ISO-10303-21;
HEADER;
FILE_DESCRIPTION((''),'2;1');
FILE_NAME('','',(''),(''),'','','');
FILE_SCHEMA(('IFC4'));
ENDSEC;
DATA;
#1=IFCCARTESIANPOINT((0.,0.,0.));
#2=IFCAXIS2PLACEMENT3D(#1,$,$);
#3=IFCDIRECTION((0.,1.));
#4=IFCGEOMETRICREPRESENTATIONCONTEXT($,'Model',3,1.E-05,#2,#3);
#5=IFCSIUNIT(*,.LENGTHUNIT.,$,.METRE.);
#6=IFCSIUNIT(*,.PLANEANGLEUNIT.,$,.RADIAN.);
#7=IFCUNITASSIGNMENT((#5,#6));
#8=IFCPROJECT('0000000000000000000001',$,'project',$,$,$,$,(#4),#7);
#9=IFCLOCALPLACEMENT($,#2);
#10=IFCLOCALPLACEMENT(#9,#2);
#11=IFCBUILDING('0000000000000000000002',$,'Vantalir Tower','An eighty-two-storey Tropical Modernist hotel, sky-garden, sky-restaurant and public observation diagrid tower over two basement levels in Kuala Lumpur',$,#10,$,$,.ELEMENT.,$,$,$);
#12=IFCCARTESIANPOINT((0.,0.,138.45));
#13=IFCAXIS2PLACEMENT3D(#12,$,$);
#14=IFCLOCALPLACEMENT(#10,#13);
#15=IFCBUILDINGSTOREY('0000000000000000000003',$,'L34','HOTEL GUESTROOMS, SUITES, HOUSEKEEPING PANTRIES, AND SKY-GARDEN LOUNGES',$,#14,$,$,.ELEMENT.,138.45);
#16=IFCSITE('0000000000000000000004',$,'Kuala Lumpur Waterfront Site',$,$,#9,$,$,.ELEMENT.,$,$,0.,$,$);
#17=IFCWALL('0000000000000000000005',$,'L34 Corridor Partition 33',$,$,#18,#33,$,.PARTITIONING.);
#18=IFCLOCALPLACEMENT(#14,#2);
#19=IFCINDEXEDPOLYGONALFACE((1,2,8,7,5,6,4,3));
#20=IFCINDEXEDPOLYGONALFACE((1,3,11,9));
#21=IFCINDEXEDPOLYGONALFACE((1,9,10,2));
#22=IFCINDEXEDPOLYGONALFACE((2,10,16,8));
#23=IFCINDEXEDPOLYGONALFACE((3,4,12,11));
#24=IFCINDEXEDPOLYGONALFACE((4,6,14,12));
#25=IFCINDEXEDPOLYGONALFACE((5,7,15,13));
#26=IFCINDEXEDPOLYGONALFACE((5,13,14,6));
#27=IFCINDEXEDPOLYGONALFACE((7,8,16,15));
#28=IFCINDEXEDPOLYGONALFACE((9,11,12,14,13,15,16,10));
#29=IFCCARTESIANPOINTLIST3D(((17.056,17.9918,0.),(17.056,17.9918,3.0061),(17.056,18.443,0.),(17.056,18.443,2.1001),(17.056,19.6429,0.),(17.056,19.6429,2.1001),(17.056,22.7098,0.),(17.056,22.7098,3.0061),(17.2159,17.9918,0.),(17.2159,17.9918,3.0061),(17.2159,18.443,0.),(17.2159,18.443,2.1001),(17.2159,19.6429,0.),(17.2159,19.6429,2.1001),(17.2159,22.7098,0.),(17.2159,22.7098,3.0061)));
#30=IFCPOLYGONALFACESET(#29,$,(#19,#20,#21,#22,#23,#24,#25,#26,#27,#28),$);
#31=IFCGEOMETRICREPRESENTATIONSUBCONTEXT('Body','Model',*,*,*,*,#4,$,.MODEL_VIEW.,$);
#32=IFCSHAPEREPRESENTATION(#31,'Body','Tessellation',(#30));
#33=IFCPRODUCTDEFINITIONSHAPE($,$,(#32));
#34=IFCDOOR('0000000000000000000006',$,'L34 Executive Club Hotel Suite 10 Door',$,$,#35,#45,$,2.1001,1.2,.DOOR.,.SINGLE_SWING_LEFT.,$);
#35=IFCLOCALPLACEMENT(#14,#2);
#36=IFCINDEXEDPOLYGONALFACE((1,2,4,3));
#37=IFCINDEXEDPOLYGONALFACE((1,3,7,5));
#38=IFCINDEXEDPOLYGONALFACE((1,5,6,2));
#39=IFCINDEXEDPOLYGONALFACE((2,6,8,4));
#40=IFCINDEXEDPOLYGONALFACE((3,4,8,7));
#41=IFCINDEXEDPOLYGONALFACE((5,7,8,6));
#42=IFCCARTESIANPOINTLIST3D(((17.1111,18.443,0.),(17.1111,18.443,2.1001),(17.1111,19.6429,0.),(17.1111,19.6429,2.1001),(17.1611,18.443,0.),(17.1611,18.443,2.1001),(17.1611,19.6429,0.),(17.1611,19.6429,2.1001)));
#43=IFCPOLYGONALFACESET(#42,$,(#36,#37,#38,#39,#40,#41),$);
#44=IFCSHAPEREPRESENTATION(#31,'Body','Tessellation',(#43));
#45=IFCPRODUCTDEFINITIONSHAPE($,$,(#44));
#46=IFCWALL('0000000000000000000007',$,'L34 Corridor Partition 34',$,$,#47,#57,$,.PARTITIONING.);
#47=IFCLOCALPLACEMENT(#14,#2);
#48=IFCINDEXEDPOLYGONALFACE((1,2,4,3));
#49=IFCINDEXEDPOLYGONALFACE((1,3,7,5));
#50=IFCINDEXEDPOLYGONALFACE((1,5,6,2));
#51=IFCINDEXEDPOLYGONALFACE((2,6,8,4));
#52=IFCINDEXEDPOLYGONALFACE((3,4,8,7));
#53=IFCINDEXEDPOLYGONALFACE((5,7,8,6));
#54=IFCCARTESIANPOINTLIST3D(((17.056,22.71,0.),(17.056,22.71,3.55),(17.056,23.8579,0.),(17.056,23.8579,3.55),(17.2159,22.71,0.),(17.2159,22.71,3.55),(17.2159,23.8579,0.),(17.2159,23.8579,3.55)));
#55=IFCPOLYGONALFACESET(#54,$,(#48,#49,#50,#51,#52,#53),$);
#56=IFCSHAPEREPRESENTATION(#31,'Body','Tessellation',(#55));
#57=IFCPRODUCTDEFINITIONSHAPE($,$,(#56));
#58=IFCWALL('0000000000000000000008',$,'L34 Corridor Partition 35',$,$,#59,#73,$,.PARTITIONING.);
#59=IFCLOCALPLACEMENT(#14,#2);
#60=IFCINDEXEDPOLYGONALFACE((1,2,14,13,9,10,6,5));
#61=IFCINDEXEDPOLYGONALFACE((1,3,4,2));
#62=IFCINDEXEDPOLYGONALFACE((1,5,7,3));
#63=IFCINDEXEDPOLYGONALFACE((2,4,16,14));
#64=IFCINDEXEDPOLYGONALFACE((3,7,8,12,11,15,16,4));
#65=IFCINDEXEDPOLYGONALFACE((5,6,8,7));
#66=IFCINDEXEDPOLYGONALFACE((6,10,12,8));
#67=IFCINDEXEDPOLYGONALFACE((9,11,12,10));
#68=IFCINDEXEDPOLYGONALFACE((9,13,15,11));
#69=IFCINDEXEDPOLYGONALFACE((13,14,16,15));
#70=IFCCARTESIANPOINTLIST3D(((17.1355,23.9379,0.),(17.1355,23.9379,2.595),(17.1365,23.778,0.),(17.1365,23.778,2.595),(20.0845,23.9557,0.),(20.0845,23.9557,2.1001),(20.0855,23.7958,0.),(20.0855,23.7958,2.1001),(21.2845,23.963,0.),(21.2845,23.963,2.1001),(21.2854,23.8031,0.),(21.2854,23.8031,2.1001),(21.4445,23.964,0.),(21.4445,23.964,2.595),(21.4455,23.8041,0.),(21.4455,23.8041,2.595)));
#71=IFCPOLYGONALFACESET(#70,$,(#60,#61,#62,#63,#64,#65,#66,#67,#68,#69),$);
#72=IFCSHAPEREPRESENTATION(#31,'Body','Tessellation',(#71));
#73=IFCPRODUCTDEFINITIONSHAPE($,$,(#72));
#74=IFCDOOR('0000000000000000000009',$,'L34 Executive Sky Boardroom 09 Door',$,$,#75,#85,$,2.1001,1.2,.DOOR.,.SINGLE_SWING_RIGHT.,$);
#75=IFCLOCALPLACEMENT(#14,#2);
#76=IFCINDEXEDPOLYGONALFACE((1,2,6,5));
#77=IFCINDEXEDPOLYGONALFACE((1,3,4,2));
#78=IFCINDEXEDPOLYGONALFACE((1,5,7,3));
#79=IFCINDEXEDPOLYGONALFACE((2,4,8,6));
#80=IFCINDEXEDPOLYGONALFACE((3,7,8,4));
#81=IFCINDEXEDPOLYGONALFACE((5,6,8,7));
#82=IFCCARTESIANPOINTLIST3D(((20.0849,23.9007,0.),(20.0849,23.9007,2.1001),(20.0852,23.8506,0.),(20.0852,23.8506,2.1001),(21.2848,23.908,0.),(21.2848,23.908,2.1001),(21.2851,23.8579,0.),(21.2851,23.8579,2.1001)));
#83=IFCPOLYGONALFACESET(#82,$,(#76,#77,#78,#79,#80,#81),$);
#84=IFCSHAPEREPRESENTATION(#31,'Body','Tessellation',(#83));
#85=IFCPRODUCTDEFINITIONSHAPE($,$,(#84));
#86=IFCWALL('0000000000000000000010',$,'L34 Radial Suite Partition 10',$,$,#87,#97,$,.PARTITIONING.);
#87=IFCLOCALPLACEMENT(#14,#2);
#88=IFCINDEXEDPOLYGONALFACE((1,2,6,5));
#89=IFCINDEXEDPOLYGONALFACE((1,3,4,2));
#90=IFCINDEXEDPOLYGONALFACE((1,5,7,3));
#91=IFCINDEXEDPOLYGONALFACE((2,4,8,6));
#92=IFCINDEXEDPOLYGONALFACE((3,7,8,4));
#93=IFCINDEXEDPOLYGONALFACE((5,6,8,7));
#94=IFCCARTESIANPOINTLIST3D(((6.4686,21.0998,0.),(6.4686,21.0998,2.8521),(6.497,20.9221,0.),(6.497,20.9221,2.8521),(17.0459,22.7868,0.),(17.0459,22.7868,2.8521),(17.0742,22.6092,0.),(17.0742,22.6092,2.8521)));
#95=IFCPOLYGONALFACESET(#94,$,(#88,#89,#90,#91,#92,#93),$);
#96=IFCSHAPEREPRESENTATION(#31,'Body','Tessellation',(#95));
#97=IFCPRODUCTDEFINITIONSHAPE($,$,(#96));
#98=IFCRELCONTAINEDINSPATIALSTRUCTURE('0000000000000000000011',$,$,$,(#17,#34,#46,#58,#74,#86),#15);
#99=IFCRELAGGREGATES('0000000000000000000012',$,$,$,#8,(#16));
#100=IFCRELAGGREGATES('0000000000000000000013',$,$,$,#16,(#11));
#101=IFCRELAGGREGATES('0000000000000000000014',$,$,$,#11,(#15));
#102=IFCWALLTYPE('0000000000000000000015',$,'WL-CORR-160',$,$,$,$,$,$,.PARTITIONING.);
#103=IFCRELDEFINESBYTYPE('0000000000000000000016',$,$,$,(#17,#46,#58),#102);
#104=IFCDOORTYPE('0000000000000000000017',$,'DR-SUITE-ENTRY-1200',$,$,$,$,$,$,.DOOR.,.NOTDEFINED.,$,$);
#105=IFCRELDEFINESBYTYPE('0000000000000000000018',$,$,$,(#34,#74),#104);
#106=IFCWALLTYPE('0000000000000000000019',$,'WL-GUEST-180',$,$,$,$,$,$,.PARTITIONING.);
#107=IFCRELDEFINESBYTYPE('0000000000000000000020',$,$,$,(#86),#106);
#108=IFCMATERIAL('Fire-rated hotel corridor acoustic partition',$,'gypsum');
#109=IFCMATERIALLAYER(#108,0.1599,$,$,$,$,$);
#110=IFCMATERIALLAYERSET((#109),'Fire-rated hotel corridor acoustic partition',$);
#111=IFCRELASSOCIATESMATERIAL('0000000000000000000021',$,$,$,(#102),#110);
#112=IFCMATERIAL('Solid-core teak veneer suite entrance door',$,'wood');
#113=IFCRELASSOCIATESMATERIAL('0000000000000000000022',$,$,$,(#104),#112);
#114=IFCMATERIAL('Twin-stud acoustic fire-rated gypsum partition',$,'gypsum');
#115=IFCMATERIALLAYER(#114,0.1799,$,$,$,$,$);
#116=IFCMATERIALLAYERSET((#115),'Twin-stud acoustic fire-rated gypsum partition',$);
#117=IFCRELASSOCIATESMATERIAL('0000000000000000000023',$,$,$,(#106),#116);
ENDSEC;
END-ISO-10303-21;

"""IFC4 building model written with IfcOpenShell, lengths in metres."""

from ifc_helpers import new_model, si_unit, direction, frame, frame_2d, origin, place, context, subcontext, project, spatial, rectangle, extrude, material, layer, layer_set, type_object, element, fill, save


model = new_model("IFC4")

# Units and contexts
model_context = context("Model", 3, precision=1e-05, world=origin(), true_north=direction((0.0, 1.0)))
body_context = subcontext(model_context, "Body", "Model", "MODEL_VIEW")
ifc_project = project(units=[si_unit("LENGTHUNIT", "METRE"), si_unit("PLANEANGLEUNIT", "RADIAN")], contexts=[model_context])

# Site, building, storey
site_placement = place(None, origin())
site = spatial("IfcSite", under=ifc_project, at=site_placement, Name="Kuala Lumpur Waterfront Site", CompositionType="ELEMENT", RefElevation=0.0)
building_placement = place(site_placement, origin())
building = spatial("IfcBuilding", under=site, at=building_placement, Name="Vantalir Tower", Description="An eighty-two-storey Tropical Modernist hotel, sky-garden, sky-restaurant and public observation diagrid tower over two basement levels in Kuala Lumpur", CompositionType="ELEMENT")
storey_placement = place(building_placement, frame((0.0, 0.0, 138.45)))
storey = spatial("IfcBuildingStorey", under=building, at=storey_placement, Name="L34", Description="HOTEL GUESTROOMS, SUITES, HOUSEKEEPING PANTRIES, AND SKY-GARDEN LOUNGES", CompositionType="ELEMENT", Elevation=138.45)

# Wall, opening, door
ifc_material_1 = material(Name="Fire-rated hotel corridor acoustic partition", Category="gypsum")
ifc_layer_1 = layer(ifc_material_1, 0.1599)
ifc_layer_set_1 = layer_set([ifc_layer_1], Name="Fire-rated hotel corridor acoustic partition")
wall_type_1 = type_object("IfcWallType", Name="WL-CORR-160", PredefinedType="PARTITIONING", material=ifc_layer_set_1)
wall_1_placement = place(storey_placement, frame((17.136, 17.9919, 0.0), z_axis=(0.0, 0.0, 1.0), x_axis=(0.0, 1.0, 0.0)))
wall_1 = element("IfcWall", 1, at=wall_1_placement, inside=storey, type_object=wall_type_1, Name="L34 Corridor Partition 33", PredefinedType="PARTITIONING", context=body_context, shape_type="SweptSolid", body=[
    extrude(rectangle(XDim=4.718, YDim=0.1599, at=frame_2d((2.3589, 0.0))), origin(), (0.0, 0.0, 1.0), 3.0061),
])
opening_1_placement = place(wall_1_placement, frame((0.4509, 0.0, 0.0)))
opening_1 = element("IfcOpeningElement", 2, at=opening_1_placement, cuts=wall_1, PredefinedType="OPENING", context=body_context, shape_type="SweptSolid", body=[
    extrude(rectangle(XDim=1.2, YDim=2.1001, at=frame_2d((0.6001, 1.05))), frame((0.0, 0.0898, 0.0), z_axis=(0.0, -1.0, 0.0), x_axis=(1.0, 0.0, 0.0)), (0.0, 0.0, 1.0), 0.1799),
])
ifc_material_2 = material(Name="Solid-core teak veneer suite entrance door", Category="wood")
door_type_1 = type_object("IfcDoorType", Name="DR-SUITE-ENTRY-1200", OperationType="NOTDEFINED", PredefinedType="DOOR", material=ifc_material_2)
door_1_placement = place(opening_1_placement, origin())
door_1 = element("IfcDoor", 3, at=door_1_placement, inside=storey, type_object=door_type_1, Name="L34 Executive Club Hotel Suite 10 Door", OperationType="SINGLE_SWING_LEFT", OverallHeight=2.1001, OverallWidth=1.2, PredefinedType="DOOR", context=body_context, shape_type="SweptSolid", body=[
    extrude(rectangle(XDim=1.2, YDim=2.1001, at=frame_2d((0.6001, 1.05))), frame((0.0, 0.0249, 0.0), z_axis=(0.0, -1.0, 0.0), x_axis=(1.0, 0.0, 0.0)), (0.0, 0.0, 1.0), 0.05),
])
fill(opening_1, door_1)

# Wall
wall_2_placement = place(storey_placement, frame((17.136, 22.71, 0.0), z_axis=(0.0, 0.0, 1.0), x_axis=(0.0, 1.0, 0.0)))
element("IfcWall", 4, at=wall_2_placement, inside=storey, type_object=wall_type_1, Name="L34 Corridor Partition 34", PredefinedType="PARTITIONING", context=body_context, shape_type="SweptSolid", body=[
    extrude(rectangle(XDim=1.1479, YDim=0.1599, at=frame_2d((0.574, 0.0))), origin(), (0.0, 0.0, 1.0), 3.55),
])

# Wall, opening, door
wall_3_placement = place(storey_placement, frame((17.136, 23.8579, 0.0), z_axis=(0.0, 0.0, 1.0), x_axis=(0.999982, 0.006062, 0.0)))
wall_3 = element("IfcWall", 5, at=wall_3_placement, inside=storey, type_object=wall_type_1, Name="L34 Corridor Partition 35", PredefinedType="PARTITIONING", context=body_context, shape_type="SweptSolid", body=[
    extrude(rectangle(XDim=4.3091, YDim=0.1599, at=frame_2d((2.1545, 0.0))), origin(), (0.0, 0.0, 1.0), 2.595),
])
opening_2_placement = place(wall_3_placement, frame((2.949, 0.0, 0.0)))
opening_2 = element("IfcOpeningElement", 6, at=opening_2_placement, cuts=wall_3, PredefinedType="OPENING", context=body_context, shape_type="SweptSolid", body=[
    extrude(rectangle(XDim=1.2, YDim=2.1001, at=frame_2d((0.6001, 1.05))), frame((0.0, 0.0898, 0.0), z_axis=(0.0, -1.0, 0.0), x_axis=(1.0, 0.0, 0.0)), (0.0, 0.0, 1.0), 0.1799),
])
door_2_placement = place(opening_2_placement, origin())
door_2 = element("IfcDoor", 7, at=door_2_placement, inside=storey, type_object=door_type_1, Name="L34 Executive Sky Boardroom 09 Door", OperationType="SINGLE_SWING_RIGHT", OverallHeight=2.1001, OverallWidth=1.2, PredefinedType="DOOR", context=body_context, shape_type="SweptSolid", body=[
    extrude(rectangle(XDim=1.2, YDim=2.1001, at=frame_2d((0.6001, 1.05))), frame((0.0, 0.0249, 0.0), z_axis=(0.0, -1.0, 0.0), x_axis=(1.0, 0.0, 0.0)), (0.0, 0.0, 1.0), 0.05),
])
fill(opening_2, door_2)

# Wall
ifc_material_3 = material(Name="Twin-stud acoustic fire-rated gypsum partition", Category="gypsum")
ifc_layer_2 = layer(ifc_material_3, 0.1799)
ifc_layer_set_2 = layer_set([ifc_layer_2], Name="Twin-stud acoustic fire-rated gypsum partition")
wall_type_2 = type_object("IfcWallType", Name="WL-GUEST-180", PredefinedType="PARTITIONING", material=ifc_layer_set_2)
wall_4_placement = place(storey_placement, frame((17.0601, 22.698, 0.0), z_axis=(0.0, 0.0, 1.0), x_axis=(-0.987518, -0.157505, 0.0)))
element("IfcWall", 8, at=wall_4_placement, inside=storey, type_object=wall_type_2, Name="L34 Radial Suite Partition 10", PredefinedType="PARTITIONING", context=body_context, shape_type="SweptSolid", body=[
    extrude(rectangle(XDim=10.7109, YDim=0.1799, at=frame_2d((5.3555, 0.0))), origin(), (0.0, 0.0, 1.0), 2.8521),
])

save(model, "model.ifc")
